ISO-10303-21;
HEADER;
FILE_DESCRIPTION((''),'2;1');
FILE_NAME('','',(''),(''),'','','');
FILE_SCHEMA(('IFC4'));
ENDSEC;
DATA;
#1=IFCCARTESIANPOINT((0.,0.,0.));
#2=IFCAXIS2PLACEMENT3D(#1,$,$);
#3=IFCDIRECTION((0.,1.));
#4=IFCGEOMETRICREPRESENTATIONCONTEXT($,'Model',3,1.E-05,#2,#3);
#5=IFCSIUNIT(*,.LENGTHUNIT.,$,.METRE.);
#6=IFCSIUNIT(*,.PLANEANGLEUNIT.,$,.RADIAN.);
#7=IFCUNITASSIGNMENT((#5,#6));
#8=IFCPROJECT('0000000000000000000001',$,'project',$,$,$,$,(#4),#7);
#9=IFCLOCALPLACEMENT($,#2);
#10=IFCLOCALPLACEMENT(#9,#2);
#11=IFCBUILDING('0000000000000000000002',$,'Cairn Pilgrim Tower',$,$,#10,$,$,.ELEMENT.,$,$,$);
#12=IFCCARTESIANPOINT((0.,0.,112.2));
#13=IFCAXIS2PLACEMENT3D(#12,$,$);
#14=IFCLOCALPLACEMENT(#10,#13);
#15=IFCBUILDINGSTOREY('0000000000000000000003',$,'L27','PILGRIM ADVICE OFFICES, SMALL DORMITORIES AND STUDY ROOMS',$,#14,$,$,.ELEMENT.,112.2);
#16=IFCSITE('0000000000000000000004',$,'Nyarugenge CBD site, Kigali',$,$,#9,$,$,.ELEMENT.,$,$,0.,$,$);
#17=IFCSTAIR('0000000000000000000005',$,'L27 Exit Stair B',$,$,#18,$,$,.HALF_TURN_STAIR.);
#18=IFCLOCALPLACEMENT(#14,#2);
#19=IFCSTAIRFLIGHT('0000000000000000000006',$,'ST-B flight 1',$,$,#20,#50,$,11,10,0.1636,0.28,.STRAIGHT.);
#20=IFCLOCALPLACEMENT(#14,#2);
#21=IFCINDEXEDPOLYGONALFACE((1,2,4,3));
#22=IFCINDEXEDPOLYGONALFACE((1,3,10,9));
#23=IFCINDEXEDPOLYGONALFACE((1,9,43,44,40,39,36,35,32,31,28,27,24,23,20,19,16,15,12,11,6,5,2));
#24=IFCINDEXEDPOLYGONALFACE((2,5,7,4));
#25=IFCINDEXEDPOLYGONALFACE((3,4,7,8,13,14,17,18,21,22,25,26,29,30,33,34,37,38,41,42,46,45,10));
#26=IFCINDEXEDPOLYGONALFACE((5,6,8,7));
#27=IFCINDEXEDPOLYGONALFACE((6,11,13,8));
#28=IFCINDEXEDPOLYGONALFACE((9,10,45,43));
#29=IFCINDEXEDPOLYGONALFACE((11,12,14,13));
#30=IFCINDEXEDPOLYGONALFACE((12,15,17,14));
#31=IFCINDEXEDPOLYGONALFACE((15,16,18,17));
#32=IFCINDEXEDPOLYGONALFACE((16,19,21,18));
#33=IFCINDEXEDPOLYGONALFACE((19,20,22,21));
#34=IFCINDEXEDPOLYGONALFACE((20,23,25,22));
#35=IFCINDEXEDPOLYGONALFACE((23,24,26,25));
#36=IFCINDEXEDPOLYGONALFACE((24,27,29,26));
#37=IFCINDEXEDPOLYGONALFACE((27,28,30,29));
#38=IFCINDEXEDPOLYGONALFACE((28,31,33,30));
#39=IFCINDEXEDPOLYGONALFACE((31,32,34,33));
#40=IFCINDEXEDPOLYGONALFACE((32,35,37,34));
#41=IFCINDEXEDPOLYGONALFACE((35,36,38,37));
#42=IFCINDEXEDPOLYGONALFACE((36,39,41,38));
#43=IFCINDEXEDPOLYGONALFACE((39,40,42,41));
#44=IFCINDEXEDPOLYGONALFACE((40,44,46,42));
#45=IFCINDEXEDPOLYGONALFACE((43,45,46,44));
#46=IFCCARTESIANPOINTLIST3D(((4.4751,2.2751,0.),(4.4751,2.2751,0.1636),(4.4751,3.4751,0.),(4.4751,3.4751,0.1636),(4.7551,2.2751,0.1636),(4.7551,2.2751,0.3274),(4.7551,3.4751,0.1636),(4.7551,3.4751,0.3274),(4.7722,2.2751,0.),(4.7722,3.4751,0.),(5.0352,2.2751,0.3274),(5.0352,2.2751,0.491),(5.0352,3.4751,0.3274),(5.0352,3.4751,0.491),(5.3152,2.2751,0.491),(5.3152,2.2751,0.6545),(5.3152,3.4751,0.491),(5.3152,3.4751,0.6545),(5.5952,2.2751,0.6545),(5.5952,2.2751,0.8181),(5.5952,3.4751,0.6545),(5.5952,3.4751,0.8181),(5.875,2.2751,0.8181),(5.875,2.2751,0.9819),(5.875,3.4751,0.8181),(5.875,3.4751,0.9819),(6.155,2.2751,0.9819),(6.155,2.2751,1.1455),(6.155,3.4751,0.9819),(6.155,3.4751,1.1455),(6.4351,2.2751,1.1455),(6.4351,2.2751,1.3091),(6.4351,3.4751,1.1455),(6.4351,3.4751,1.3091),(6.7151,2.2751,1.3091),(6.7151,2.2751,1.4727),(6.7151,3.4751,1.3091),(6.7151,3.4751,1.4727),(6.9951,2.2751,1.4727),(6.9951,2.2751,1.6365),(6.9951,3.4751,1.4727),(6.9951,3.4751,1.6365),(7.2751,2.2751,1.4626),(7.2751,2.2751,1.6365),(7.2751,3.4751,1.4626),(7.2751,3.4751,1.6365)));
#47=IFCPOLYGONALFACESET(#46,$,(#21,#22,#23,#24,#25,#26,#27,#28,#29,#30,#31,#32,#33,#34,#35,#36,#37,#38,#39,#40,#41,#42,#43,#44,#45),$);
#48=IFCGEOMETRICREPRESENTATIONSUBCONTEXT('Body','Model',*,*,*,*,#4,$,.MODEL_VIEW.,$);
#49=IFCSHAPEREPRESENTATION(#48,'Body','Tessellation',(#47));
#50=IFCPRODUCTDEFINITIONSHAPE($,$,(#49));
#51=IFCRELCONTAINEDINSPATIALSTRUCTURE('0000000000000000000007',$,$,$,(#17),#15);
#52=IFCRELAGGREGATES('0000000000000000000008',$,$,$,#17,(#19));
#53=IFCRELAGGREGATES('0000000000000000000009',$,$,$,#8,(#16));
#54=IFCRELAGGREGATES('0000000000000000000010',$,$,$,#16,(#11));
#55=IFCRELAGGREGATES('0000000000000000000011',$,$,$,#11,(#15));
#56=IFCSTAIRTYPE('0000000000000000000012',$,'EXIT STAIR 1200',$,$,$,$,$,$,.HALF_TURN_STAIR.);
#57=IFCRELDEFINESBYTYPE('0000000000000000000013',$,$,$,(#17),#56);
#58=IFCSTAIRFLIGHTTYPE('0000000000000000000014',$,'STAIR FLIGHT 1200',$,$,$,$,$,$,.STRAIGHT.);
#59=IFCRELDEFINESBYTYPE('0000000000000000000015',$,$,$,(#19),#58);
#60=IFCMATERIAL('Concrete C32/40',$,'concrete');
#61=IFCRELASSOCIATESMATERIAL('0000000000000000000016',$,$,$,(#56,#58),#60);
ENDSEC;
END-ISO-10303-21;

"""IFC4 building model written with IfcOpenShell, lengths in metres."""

from ifc_helpers import new_model, si_unit, direction, frame, origin, place, context, subcontext, project, spatial, polyline, outline, extrude, material, type_object, element, aggregate, save


model = new_model("IFC4")

# Units and contexts
model_context = context("Model", 3, precision=1e-05, world=origin(), true_north=direction((0.0, 1.0)))
body_context = subcontext(model_context, "Body", "Model", "MODEL_VIEW")
ifc_project = project(units=[si_unit("LENGTHUNIT", "METRE"), si_unit("PLANEANGLEUNIT", "RADIAN")], contexts=[model_context])

# Site, building, storey
site_placement = place(None, origin())
site = spatial("IfcSite", under=ifc_project, at=site_placement, Name="Nyarugenge CBD site, Kigali", CompositionType="ELEMENT", RefElevation=0.0)
building_placement = place(site_placement, origin())
building = spatial("IfcBuilding", under=site, at=building_placement, Name="Cairn Pilgrim Tower", CompositionType="ELEMENT")
storey_placement = place(building_placement, frame((0.0, 0.0, 112.2)))
storey = spatial("IfcBuildingStorey", under=building, at=storey_placement, Name="L27", Description="PILGRIM ADVICE OFFICES, SMALL DORMITORIES AND STUDY ROOMS", CompositionType="ELEMENT", Elevation=112.2)

# Shared definitions
ifc_material_1 = material(Name="Concrete C32/40", Category="concrete")

# Stair, stair flight
stair_type = type_object("IfcStairType", Name="EXIT STAIR 1200", PredefinedType="HALF_TURN_STAIR", material=ifc_material_1)
stair_placement = place(storey_placement, origin())
stair = element("IfcStair", 1, at=stair_placement, inside=storey, type_object=stair_type, Name="L27 Exit Stair B", PredefinedType="HALF_TURN_STAIR")
stair_flight_type = type_object("IfcStairFlightType", Name="STAIR FLIGHT 1200", PredefinedType="STRAIGHT", material=ifc_material_1)
stair_flight_placement = place(storey_placement, frame((4.4751, 2.875, 0.0), z_axis=(0.0, 0.0, 1.0), x_axis=(1.0, 0.0, 0.0)))
stair_flight = element("IfcStairFlight", 2, at=stair_flight_placement, type_object=stair_flight_type, Name="ST-B flight 1", NumberOfRisers=11, NumberOfTreads=10, PredefinedType="STRAIGHT", RiserHeight=0.1636, TreadLength=0.28, context=body_context, shape_type="SweptSolid", body=[
    extrude(outline(polyline([(0.0, 0.0), (0.0, 0.1636), (0.28, 0.1636), (0.28, 0.3274), (0.5601, 0.3274), (0.5601, 0.491), (0.8401, 0.491), (0.8401, 0.6545), (1.1201, 0.6545), (1.1201, 0.8181), (1.3999, 0.8181), (1.3999, 0.9819), (1.6799, 0.9819), (1.6799, 1.1455), (1.96, 1.1455), (1.96, 1.3091), (2.24, 1.3091), (2.24, 1.4727), (2.52, 1.4727), (2.52, 1.6365), (2.8, 1.6365), (2.8, 1.8), (2.8, 1.4626), (0.2971, 0.0), (0.0, 0.0)])), frame((0.0, 0.6001, 0.0), z_axis=(0.0, -1.0, 0.0), x_axis=(1.0, 0.0, 0.0)), (0.0, 0.0, 1.0), 1.2),
])
aggregate(stair, [stair_flight])

save(model, "model.ifc")
